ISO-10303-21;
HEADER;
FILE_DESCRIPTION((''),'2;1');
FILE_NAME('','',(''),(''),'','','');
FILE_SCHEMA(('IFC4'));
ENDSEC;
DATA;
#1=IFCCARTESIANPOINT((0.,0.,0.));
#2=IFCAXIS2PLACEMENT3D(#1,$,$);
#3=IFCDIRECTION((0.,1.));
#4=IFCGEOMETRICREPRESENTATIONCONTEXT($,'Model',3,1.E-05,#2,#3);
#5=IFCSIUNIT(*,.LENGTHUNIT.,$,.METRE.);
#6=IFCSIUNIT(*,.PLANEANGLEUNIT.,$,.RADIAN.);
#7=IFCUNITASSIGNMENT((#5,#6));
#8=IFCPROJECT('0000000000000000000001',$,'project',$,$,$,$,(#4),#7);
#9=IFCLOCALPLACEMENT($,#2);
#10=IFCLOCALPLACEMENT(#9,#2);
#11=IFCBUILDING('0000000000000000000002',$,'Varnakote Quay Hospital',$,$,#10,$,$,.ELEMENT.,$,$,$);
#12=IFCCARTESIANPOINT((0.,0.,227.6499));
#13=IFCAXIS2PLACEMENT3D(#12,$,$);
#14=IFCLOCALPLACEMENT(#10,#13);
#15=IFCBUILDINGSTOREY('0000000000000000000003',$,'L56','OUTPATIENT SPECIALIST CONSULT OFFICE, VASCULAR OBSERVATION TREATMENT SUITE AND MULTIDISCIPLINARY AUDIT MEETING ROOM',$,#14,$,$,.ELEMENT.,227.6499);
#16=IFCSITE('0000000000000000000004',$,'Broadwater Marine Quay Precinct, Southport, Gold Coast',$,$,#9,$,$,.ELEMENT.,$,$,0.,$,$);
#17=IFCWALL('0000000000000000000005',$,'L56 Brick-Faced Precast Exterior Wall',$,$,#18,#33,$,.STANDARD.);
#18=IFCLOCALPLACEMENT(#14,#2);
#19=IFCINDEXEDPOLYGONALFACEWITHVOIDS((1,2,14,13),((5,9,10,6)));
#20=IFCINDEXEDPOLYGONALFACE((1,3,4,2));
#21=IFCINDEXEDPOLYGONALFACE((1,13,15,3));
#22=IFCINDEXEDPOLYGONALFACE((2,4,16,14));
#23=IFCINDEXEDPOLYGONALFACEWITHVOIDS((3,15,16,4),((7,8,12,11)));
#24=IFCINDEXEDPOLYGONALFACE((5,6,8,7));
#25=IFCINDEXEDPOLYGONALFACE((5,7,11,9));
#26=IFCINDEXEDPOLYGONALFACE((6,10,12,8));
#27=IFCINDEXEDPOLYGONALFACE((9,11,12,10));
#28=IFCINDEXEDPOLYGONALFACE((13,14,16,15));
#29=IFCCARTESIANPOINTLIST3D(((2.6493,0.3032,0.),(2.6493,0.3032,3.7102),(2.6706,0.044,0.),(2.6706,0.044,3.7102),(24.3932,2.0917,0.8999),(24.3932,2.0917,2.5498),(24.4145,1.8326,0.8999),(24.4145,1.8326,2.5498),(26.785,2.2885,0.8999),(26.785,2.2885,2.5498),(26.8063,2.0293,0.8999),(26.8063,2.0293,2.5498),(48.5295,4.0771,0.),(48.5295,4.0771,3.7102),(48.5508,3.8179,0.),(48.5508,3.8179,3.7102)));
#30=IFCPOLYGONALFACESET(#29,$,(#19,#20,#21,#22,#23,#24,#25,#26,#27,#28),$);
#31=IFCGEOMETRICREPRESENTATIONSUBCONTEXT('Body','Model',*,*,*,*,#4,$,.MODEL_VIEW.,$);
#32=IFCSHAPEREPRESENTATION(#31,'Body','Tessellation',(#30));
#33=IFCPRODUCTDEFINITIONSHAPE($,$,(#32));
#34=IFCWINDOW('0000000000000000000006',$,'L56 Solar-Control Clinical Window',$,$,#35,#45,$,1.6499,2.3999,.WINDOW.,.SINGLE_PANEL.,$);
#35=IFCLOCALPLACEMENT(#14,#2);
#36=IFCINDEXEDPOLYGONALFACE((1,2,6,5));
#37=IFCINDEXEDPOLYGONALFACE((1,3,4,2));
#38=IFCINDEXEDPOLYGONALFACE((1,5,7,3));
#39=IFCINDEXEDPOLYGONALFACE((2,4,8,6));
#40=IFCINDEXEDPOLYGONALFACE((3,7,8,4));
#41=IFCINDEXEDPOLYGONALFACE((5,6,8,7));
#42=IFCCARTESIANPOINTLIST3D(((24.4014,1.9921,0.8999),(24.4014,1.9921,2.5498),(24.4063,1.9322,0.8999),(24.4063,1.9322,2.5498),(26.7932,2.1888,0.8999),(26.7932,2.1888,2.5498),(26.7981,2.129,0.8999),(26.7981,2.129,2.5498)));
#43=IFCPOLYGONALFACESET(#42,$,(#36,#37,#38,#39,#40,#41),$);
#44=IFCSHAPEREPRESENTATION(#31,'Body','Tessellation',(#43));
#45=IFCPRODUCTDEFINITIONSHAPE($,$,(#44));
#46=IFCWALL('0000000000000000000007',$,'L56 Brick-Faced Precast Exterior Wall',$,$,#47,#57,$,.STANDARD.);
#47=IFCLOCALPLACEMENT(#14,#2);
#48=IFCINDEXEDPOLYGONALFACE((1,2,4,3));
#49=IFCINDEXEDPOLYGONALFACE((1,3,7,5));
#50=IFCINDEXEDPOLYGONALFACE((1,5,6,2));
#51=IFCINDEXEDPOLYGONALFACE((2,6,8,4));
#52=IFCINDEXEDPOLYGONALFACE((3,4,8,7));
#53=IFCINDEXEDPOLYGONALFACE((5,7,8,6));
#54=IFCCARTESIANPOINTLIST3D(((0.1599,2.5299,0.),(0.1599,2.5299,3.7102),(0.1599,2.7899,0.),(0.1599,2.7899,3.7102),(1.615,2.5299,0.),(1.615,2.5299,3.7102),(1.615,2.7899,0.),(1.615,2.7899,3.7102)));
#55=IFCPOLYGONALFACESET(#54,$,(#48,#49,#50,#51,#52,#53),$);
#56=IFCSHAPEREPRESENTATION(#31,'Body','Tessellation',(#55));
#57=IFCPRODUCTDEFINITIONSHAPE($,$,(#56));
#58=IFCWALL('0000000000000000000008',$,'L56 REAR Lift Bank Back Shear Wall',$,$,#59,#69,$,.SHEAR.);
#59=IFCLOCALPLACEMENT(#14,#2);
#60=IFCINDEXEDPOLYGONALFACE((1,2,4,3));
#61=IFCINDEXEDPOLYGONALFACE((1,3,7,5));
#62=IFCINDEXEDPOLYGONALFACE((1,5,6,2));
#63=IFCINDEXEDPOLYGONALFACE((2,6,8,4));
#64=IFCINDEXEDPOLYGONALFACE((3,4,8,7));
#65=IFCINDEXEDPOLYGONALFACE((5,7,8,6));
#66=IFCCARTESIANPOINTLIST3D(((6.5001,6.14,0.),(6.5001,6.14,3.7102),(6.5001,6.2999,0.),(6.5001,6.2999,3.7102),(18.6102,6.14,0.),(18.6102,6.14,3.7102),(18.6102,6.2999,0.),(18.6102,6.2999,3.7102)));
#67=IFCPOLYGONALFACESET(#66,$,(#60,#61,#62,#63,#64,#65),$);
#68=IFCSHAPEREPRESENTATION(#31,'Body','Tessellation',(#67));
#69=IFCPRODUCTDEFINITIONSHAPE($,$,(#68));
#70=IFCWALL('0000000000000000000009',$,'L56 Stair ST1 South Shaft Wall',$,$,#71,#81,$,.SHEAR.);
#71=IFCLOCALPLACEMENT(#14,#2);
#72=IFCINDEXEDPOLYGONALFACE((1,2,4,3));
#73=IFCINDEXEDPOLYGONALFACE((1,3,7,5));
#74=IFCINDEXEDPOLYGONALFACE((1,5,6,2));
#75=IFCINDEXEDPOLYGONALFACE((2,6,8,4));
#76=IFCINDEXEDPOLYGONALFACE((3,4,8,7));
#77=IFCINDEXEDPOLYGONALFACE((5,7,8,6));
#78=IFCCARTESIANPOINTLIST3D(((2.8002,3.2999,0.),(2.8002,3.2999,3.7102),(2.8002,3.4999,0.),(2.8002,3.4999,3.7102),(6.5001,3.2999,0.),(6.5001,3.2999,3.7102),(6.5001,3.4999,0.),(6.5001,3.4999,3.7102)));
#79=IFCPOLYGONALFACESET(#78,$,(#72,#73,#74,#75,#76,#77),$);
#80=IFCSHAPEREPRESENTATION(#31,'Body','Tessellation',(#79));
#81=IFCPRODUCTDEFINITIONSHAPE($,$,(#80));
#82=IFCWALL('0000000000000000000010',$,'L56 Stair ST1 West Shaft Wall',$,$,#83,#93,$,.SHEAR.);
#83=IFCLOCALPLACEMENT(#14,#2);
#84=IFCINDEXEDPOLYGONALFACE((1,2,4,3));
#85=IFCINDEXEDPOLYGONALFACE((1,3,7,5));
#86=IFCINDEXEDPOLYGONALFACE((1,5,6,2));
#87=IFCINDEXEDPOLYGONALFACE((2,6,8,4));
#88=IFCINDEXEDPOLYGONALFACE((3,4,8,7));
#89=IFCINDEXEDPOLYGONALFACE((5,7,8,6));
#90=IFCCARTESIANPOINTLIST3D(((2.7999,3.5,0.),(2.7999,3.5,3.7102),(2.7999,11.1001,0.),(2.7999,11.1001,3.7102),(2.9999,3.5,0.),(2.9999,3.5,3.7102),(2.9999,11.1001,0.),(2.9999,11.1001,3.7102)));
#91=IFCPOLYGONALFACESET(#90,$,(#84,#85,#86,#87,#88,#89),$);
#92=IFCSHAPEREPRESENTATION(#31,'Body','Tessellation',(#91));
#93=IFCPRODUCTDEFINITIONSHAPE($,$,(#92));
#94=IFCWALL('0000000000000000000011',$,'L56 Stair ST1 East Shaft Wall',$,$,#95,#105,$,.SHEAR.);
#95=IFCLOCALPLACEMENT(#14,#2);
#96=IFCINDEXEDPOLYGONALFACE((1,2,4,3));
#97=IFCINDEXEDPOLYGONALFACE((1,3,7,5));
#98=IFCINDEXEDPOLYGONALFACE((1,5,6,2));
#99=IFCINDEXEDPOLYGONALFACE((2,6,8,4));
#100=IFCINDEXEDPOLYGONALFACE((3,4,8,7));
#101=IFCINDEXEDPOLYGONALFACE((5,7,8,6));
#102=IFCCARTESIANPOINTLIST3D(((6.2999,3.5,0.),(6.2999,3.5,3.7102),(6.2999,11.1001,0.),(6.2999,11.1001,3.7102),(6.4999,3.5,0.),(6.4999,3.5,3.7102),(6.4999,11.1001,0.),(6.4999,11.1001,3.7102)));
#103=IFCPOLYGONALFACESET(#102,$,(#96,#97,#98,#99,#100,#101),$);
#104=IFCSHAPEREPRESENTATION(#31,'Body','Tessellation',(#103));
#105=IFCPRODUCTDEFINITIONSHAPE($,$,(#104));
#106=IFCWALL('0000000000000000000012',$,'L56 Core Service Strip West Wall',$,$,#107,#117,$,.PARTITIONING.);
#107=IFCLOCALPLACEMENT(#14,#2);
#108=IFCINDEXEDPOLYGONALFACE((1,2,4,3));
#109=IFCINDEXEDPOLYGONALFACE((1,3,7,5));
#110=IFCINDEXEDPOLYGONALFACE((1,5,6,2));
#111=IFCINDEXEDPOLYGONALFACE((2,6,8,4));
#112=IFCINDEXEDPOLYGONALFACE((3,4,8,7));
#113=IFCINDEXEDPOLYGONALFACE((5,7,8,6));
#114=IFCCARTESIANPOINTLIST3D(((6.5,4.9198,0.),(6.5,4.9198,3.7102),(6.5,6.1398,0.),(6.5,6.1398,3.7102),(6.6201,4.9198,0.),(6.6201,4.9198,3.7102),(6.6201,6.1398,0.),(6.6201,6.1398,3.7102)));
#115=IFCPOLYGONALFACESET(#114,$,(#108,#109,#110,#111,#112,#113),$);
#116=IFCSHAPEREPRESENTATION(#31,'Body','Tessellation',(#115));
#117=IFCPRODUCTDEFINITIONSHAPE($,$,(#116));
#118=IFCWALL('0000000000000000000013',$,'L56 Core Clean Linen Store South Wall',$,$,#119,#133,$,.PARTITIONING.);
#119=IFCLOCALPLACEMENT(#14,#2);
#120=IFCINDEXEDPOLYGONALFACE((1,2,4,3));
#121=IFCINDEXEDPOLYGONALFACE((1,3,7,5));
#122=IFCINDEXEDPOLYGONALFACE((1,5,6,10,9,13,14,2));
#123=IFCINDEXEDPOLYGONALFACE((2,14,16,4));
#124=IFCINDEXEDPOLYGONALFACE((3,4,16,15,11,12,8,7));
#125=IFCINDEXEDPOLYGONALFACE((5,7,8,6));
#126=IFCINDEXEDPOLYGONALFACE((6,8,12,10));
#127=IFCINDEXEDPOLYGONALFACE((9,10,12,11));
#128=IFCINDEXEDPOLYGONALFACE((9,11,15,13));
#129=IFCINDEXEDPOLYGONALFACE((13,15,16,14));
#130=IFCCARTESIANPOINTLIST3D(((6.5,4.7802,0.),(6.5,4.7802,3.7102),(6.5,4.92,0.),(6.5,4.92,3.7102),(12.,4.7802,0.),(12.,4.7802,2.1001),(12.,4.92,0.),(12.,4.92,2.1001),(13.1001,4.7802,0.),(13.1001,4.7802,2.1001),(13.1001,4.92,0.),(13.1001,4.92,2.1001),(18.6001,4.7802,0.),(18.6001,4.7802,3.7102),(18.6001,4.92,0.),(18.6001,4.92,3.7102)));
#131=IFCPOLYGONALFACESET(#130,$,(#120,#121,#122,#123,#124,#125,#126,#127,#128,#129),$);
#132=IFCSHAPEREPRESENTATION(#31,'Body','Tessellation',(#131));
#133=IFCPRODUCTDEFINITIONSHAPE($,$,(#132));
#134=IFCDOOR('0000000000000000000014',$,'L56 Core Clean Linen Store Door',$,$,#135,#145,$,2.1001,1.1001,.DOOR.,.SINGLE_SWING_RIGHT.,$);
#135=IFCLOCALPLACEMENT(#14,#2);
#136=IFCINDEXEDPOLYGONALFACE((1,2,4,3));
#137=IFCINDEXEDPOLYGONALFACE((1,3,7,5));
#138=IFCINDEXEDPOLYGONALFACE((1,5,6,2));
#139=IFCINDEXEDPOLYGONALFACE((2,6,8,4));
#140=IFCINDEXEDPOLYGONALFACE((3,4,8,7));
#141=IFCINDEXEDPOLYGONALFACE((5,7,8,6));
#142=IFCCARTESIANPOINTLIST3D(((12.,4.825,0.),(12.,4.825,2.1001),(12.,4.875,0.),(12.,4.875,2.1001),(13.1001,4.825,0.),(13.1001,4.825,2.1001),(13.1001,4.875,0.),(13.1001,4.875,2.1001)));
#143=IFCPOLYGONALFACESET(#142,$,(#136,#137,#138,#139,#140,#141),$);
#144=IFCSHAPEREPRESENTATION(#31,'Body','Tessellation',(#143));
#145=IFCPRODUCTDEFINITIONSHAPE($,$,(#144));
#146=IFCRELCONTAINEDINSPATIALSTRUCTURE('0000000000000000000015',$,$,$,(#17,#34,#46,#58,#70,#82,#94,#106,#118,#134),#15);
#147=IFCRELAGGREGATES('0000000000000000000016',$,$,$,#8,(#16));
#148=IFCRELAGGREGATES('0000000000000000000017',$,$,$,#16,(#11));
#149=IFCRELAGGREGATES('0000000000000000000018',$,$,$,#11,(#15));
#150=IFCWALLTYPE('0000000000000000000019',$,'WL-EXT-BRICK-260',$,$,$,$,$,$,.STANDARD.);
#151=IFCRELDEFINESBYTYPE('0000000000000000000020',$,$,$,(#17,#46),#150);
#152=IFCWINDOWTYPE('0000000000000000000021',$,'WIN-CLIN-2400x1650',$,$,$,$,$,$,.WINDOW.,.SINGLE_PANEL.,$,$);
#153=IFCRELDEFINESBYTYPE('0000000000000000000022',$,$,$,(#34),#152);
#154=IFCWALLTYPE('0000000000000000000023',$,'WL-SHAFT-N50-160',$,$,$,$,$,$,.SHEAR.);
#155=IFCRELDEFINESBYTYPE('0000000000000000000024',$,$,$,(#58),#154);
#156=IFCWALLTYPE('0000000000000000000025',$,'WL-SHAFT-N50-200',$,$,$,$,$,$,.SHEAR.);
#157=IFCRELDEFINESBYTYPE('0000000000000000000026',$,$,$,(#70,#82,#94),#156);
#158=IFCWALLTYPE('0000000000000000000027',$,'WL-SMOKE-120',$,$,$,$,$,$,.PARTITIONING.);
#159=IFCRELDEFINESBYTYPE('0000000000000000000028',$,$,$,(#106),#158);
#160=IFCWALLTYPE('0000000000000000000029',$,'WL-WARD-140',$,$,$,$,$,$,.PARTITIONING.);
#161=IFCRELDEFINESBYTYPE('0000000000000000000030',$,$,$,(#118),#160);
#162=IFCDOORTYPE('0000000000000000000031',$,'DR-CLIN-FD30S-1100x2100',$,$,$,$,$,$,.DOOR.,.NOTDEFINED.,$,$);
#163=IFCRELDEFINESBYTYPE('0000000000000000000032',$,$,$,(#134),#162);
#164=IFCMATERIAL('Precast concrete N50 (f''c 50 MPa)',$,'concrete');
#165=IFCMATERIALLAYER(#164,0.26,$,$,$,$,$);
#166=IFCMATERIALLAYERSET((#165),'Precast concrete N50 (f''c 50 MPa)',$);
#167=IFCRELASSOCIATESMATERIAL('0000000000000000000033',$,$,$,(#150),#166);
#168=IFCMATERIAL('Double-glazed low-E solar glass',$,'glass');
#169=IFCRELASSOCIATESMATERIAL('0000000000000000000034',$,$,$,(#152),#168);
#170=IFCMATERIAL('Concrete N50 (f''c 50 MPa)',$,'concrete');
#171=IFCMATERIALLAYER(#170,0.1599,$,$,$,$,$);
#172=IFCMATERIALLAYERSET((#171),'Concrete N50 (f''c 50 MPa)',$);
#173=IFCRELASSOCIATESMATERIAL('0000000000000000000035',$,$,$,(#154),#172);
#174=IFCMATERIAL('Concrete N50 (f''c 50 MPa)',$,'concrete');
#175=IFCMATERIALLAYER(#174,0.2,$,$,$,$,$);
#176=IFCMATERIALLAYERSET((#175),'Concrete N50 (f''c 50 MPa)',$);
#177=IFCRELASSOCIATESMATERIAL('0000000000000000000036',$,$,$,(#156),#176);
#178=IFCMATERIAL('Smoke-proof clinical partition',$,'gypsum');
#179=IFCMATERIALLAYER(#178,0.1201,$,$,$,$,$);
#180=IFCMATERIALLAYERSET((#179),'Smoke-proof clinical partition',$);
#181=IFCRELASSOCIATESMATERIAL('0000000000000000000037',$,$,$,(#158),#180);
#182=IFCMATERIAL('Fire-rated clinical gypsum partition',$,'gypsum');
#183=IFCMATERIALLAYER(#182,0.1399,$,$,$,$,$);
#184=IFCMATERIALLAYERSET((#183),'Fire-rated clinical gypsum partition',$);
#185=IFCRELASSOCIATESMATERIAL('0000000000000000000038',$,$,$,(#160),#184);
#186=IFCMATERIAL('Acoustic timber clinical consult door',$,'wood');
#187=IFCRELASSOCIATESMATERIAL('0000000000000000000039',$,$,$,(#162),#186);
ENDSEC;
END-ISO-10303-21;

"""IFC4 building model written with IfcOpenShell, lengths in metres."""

from ifc_helpers import new_model, si_unit, direction, frame, frame_2d, origin, place, context, subcontext, project, spatial, rectangle, extrude, material, layer, layer_set, type_object, element, fill, save


model = new_model("IFC4")

# Units and contexts
model_context = context("Model", 3, precision=1e-05, world=origin(), true_north=direction((0.0, 1.0)))
body_context = subcontext(model_context, "Body", "Model", "MODEL_VIEW")
ifc_project = project(units=[si_unit("LENGTHUNIT", "METRE"), si_unit("PLANEANGLEUNIT", "RADIAN")], contexts=[model_context])

# Site, building, storey
site_placement = place(None, origin())
site = spatial("IfcSite", under=ifc_project, at=site_placement, Name="Broadwater Marine Quay Precinct, Southport, Gold Coast", CompositionType="ELEMENT", RefElevation=0.0)
building_placement = place(site_placement, origin())
building = spatial("IfcBuilding", under=site, at=building_placement, Name="Varnakote Quay Hospital", CompositionType="ELEMENT")
storey_placement = place(building_placement, frame((0.0, 0.0, 227.6499)))
storey = spatial("IfcBuildingStorey", under=building, at=storey_placement, Name="L56", Description="OUTPATIENT SPECIALIST CONSULT OFFICE, VASCULAR OBSERVATION TREATMENT SUITE AND MULTIDISCIPLINARY AUDIT MEETING ROOM", CompositionType="ELEMENT", Elevation=227.6499)

# Shared definitions
ifc_material_1 = material(Name="Precast concrete N50 (f'c 50 MPa)", Category="concrete")
ifc_layer_1 = layer(ifc_material_1, 0.26)
ifc_layer_set_1 = layer_set([ifc_layer_1], Name="Precast concrete N50 (f'c 50 MPa)")
wall_type_1 = type_object("IfcWallType", Name="WL-EXT-BRICK-260", PredefinedType="STANDARD", material=ifc_layer_set_1)

# Wall, opening, window
wall_1_placement = place(storey_placement, frame((2.6599, 0.1736, 0.0), z_axis=(0.0, 0.0, 1.0), x_axis=(0.996634, 0.081979, 0.0)))
wall_1 = element("IfcWall", 1, at=wall_1_placement, inside=storey, type_object=wall_type_1, Name="L56 Brick-Faced Precast Exterior Wall", PredefinedType="STANDARD", context=body_context, shape_type="SweptSolid", body=[
    extrude(rectangle(XDim=46.0352, YDim=0.26, at=frame_2d((23.0176, 0.0))), origin(), (0.0, 0.0, 1.0), 3.7102),
])
opening_1_placement = place(wall_1_placement, frame((21.8174, 0.0, 0.8999)))
opening_1 = element("IfcOpeningElement", 2, at=opening_1_placement, cuts=wall_1, PredefinedType="OPENING", context=body_context, shape_type="SweptSolid", body=[
    extrude(rectangle(XDim=2.3999, YDim=1.6499, at=frame_2d((1.2, 0.825))), frame((0.0, 0.1399, 0.0), z_axis=(0.0, -1.0, 0.0), x_axis=(1.0, 0.0, 0.0)), (0.0, 0.0, 1.0), 0.28),
])
ifc_material_2 = material(Name="Double-glazed low-E solar glass", Category="glass")
window_type = type_object("IfcWindowType", Name="WIN-CLIN-2400x1650", PartitioningType="SINGLE_PANEL", PredefinedType="WINDOW", material=ifc_material_2)
window_placement = place(opening_1_placement, origin())
window = element("IfcWindow", 3, at=window_placement, inside=storey, type_object=window_type, Name="L56 Solar-Control Clinical Window", OverallHeight=1.6499, OverallWidth=2.3999, PartitioningType="SINGLE_PANEL", PredefinedType="WINDOW", context=body_context, shape_type="SweptSolid", body=[
    extrude(rectangle(XDim=2.3999, YDim=1.6499, at=frame_2d((1.2, 0.825))), frame((0.0, 0.03, 0.0), z_axis=(0.0, -1.0, 0.0), x_axis=(1.0, 0.0, 0.0)), (0.0, 0.0, 1.0), 0.0601),
])
fill(opening_1, window)

# Walls
wall_2_placement = place(storey_placement, frame((0.1599, 2.6599, 0.0), z_axis=(0.0, 0.0, 1.0), x_axis=(1.0, 0.0, 0.0)))
element("IfcWall", 4, at=wall_2_placement, inside=storey, type_object=wall_type_1, Name="L56 Brick-Faced Precast Exterior Wall", PredefinedType="STANDARD", context=body_context, shape_type="SweptSolid", body=[
    extrude(rectangle(XDim=1.4551, YDim=0.26, at=frame_2d((0.7275, 0.0))), origin(), (0.0, 0.0, 1.0), 3.7102),
])
ifc_material_3 = material(Name="Concrete N50 (f'c 50 MPa)", Category="concrete")
ifc_layer_2 = layer(ifc_material_3, 0.1599)
ifc_layer_set_2 = layer_set([ifc_layer_2], Name="Concrete N50 (f'c 50 MPa)")
wall_type_2 = type_object("IfcWallType", Name="WL-SHAFT-N50-160", PredefinedType="SHEAR", material=ifc_layer_set_2)
wall_3_placement = place(storey_placement, frame((6.5, 6.22, 0.0), z_axis=(0.0, 0.0, 1.0), x_axis=(1.0, 0.0, 0.0)))
element("IfcWall", 5, at=wall_3_placement, inside=storey, type_object=wall_type_2, Name="L56 REAR Lift Bank Back Shear Wall", PredefinedType="SHEAR", context=body_context, shape_type="SweptSolid", body=[
    extrude(rectangle(XDim=12.1101, YDim=0.1599, at=frame_2d((6.0552, 0.0))), origin(), (0.0, 0.0, 1.0), 3.7102),
])
ifc_material_4 = material(Name="Concrete N50 (f'c 50 MPa)", Category="concrete")
ifc_layer_3 = layer(ifc_material_4, 0.2)
ifc_layer_set_3 = layer_set([ifc_layer_3], Name="Concrete N50 (f'c 50 MPa)")
wall_type_3 = type_object("IfcWallType", Name="WL-SHAFT-N50-200", PredefinedType="SHEAR", material=ifc_layer_set_3)
wall_4_placement = place(storey_placement, frame((2.8, 3.3999, 0.0), z_axis=(0.0, 0.0, 1.0), x_axis=(1.0, 0.0, 0.0)))
element("IfcWall", 6, at=wall_4_placement, inside=storey, type_object=wall_type_3, Name="L56 Stair ST1 South Shaft Wall", PredefinedType="SHEAR", context=body_context, shape_type="SweptSolid", body=[
    extrude(rectangle(XDim=3.7, YDim=0.2, at=frame_2d((1.8501, 0.0))), origin(), (0.0, 0.0, 1.0), 3.7102),
])
for number, where, z_axis, x_axis, name in (
    (7, (2.8999, 3.5, 0.0), (0.0, 0.0, 1.0), (0.0, 1.0, 0.0), "L56 Stair ST1 West Shaft Wall"),
    (8, (6.3999, 3.5, 0.0), (0.0, 0.0, 1.0), (0.0, 1.0, 0.0), "L56 Stair ST1 East Shaft Wall"),
):
    element("IfcWall", number, at=place(storey_placement, frame(where, z_axis=z_axis, x_axis=x_axis)), inside=storey, type_object=wall_type_3, Name=name, PredefinedType="SHEAR", context=body_context, shape_type="SweptSolid", body=[
        extrude(rectangle(XDim=7.6001, YDim=0.2, at=frame_2d((3.8, 0.0))), origin(), (0.0, 0.0, 1.0), 3.7102),
    ])
ifc_material_5 = material(Name="Smoke-proof clinical partition", Category="gypsum")
ifc_layer_4 = layer(ifc_material_5, 0.1201)
ifc_layer_set_4 = layer_set([ifc_layer_4], Name="Smoke-proof clinical partition")
wall_type_4 = type_object("IfcWallType", Name="WL-SMOKE-120", PredefinedType="PARTITIONING", material=ifc_layer_set_4)
wall_5_placement = place(storey_placement, frame((6.5601, 4.9199, 0.0), z_axis=(0.0, 0.0, 1.0), x_axis=(0.0, 1.0, 0.0)))
element("IfcWall", 9, at=wall_5_placement, inside=storey, type_object=wall_type_4, Name="L56 Core Service Strip West Wall", PredefinedType="PARTITIONING", context=body_context, shape_type="SweptSolid", body=[
    extrude(rectangle(XDim=1.22, YDim=0.1201, at=frame_2d((0.6099, 0.0))), origin(), (0.0, 0.0, 1.0), 3.7102),
])

# Wall, opening, door
ifc_material_6 = material(Name="Fire-rated clinical gypsum partition", Category="gypsum")
ifc_layer_5 = layer(ifc_material_6, 0.1399)
ifc_layer_set_5 = layer_set([ifc_layer_5], Name="Fire-rated clinical gypsum partition")
wall_type_5 = type_object("IfcWallType", Name="WL-WARD-140", PredefinedType="PARTITIONING", material=ifc_layer_set_5)
wall_6_placement = place(storey_placement, frame((6.5, 4.8501, 0.0), z_axis=(0.0, 0.0, 1.0), x_axis=(1.0, 0.0, 0.0)))
wall_6 = element("IfcWall", 10, at=wall_6_placement, inside=storey, type_object=wall_type_5, Name="L56 Core Clean Linen Store South Wall", PredefinedType="PARTITIONING", context=body_context, shape_type="SweptSolid", body=[
    extrude(rectangle(XDim=12.1001, YDim=0.1399, at=frame_2d((6.05, 0.0))), origin(), (0.0, 0.0, 1.0), 3.7102),
])
opening_2_placement = place(wall_6_placement, frame((5.5, 0.0, 0.0)))
opening_2 = element("IfcOpeningElement", 11, at=opening_2_placement, cuts=wall_6, PredefinedType="OPENING", context=body_context, shape_type="SweptSolid", body=[
    extrude(rectangle(XDim=1.1001, YDim=2.1001, at=frame_2d((0.55, 1.05))), frame((0.0, 0.0798, 0.0), z_axis=(0.0, -1.0, 0.0), x_axis=(1.0, 0.0, 0.0)), (0.0, 0.0, 1.0), 0.1599),
])
ifc_material_7 = material(Name="Acoustic timber clinical consult door", Category="wood")
door_type = type_object("IfcDoorType", Name="DR-CLIN-FD30S-1100x2100", OperationType="NOTDEFINED", PredefinedType="DOOR", material=ifc_material_7)
door_placement = place(opening_2_placement, origin())
door = element("IfcDoor", 12, at=door_placement, inside=storey, type_object=door_type, Name="L56 Core Clean Linen Store Door", OperationType="SINGLE_SWING_RIGHT", OverallHeight=2.1001, OverallWidth=1.1001, PredefinedType="DOOR", context=body_context, shape_type="SweptSolid", body=[
    extrude(rectangle(XDim=1.1001, YDim=2.1001, at=frame_2d((0.55, 1.05))), frame((0.0, 0.0249, 0.0), z_axis=(0.0, -1.0, 0.0), x_axis=(1.0, 0.0, 0.0)), (0.0, 0.0, 1.0), 0.05),
])
fill(opening_2, door)

save(model, "model.ifc")
